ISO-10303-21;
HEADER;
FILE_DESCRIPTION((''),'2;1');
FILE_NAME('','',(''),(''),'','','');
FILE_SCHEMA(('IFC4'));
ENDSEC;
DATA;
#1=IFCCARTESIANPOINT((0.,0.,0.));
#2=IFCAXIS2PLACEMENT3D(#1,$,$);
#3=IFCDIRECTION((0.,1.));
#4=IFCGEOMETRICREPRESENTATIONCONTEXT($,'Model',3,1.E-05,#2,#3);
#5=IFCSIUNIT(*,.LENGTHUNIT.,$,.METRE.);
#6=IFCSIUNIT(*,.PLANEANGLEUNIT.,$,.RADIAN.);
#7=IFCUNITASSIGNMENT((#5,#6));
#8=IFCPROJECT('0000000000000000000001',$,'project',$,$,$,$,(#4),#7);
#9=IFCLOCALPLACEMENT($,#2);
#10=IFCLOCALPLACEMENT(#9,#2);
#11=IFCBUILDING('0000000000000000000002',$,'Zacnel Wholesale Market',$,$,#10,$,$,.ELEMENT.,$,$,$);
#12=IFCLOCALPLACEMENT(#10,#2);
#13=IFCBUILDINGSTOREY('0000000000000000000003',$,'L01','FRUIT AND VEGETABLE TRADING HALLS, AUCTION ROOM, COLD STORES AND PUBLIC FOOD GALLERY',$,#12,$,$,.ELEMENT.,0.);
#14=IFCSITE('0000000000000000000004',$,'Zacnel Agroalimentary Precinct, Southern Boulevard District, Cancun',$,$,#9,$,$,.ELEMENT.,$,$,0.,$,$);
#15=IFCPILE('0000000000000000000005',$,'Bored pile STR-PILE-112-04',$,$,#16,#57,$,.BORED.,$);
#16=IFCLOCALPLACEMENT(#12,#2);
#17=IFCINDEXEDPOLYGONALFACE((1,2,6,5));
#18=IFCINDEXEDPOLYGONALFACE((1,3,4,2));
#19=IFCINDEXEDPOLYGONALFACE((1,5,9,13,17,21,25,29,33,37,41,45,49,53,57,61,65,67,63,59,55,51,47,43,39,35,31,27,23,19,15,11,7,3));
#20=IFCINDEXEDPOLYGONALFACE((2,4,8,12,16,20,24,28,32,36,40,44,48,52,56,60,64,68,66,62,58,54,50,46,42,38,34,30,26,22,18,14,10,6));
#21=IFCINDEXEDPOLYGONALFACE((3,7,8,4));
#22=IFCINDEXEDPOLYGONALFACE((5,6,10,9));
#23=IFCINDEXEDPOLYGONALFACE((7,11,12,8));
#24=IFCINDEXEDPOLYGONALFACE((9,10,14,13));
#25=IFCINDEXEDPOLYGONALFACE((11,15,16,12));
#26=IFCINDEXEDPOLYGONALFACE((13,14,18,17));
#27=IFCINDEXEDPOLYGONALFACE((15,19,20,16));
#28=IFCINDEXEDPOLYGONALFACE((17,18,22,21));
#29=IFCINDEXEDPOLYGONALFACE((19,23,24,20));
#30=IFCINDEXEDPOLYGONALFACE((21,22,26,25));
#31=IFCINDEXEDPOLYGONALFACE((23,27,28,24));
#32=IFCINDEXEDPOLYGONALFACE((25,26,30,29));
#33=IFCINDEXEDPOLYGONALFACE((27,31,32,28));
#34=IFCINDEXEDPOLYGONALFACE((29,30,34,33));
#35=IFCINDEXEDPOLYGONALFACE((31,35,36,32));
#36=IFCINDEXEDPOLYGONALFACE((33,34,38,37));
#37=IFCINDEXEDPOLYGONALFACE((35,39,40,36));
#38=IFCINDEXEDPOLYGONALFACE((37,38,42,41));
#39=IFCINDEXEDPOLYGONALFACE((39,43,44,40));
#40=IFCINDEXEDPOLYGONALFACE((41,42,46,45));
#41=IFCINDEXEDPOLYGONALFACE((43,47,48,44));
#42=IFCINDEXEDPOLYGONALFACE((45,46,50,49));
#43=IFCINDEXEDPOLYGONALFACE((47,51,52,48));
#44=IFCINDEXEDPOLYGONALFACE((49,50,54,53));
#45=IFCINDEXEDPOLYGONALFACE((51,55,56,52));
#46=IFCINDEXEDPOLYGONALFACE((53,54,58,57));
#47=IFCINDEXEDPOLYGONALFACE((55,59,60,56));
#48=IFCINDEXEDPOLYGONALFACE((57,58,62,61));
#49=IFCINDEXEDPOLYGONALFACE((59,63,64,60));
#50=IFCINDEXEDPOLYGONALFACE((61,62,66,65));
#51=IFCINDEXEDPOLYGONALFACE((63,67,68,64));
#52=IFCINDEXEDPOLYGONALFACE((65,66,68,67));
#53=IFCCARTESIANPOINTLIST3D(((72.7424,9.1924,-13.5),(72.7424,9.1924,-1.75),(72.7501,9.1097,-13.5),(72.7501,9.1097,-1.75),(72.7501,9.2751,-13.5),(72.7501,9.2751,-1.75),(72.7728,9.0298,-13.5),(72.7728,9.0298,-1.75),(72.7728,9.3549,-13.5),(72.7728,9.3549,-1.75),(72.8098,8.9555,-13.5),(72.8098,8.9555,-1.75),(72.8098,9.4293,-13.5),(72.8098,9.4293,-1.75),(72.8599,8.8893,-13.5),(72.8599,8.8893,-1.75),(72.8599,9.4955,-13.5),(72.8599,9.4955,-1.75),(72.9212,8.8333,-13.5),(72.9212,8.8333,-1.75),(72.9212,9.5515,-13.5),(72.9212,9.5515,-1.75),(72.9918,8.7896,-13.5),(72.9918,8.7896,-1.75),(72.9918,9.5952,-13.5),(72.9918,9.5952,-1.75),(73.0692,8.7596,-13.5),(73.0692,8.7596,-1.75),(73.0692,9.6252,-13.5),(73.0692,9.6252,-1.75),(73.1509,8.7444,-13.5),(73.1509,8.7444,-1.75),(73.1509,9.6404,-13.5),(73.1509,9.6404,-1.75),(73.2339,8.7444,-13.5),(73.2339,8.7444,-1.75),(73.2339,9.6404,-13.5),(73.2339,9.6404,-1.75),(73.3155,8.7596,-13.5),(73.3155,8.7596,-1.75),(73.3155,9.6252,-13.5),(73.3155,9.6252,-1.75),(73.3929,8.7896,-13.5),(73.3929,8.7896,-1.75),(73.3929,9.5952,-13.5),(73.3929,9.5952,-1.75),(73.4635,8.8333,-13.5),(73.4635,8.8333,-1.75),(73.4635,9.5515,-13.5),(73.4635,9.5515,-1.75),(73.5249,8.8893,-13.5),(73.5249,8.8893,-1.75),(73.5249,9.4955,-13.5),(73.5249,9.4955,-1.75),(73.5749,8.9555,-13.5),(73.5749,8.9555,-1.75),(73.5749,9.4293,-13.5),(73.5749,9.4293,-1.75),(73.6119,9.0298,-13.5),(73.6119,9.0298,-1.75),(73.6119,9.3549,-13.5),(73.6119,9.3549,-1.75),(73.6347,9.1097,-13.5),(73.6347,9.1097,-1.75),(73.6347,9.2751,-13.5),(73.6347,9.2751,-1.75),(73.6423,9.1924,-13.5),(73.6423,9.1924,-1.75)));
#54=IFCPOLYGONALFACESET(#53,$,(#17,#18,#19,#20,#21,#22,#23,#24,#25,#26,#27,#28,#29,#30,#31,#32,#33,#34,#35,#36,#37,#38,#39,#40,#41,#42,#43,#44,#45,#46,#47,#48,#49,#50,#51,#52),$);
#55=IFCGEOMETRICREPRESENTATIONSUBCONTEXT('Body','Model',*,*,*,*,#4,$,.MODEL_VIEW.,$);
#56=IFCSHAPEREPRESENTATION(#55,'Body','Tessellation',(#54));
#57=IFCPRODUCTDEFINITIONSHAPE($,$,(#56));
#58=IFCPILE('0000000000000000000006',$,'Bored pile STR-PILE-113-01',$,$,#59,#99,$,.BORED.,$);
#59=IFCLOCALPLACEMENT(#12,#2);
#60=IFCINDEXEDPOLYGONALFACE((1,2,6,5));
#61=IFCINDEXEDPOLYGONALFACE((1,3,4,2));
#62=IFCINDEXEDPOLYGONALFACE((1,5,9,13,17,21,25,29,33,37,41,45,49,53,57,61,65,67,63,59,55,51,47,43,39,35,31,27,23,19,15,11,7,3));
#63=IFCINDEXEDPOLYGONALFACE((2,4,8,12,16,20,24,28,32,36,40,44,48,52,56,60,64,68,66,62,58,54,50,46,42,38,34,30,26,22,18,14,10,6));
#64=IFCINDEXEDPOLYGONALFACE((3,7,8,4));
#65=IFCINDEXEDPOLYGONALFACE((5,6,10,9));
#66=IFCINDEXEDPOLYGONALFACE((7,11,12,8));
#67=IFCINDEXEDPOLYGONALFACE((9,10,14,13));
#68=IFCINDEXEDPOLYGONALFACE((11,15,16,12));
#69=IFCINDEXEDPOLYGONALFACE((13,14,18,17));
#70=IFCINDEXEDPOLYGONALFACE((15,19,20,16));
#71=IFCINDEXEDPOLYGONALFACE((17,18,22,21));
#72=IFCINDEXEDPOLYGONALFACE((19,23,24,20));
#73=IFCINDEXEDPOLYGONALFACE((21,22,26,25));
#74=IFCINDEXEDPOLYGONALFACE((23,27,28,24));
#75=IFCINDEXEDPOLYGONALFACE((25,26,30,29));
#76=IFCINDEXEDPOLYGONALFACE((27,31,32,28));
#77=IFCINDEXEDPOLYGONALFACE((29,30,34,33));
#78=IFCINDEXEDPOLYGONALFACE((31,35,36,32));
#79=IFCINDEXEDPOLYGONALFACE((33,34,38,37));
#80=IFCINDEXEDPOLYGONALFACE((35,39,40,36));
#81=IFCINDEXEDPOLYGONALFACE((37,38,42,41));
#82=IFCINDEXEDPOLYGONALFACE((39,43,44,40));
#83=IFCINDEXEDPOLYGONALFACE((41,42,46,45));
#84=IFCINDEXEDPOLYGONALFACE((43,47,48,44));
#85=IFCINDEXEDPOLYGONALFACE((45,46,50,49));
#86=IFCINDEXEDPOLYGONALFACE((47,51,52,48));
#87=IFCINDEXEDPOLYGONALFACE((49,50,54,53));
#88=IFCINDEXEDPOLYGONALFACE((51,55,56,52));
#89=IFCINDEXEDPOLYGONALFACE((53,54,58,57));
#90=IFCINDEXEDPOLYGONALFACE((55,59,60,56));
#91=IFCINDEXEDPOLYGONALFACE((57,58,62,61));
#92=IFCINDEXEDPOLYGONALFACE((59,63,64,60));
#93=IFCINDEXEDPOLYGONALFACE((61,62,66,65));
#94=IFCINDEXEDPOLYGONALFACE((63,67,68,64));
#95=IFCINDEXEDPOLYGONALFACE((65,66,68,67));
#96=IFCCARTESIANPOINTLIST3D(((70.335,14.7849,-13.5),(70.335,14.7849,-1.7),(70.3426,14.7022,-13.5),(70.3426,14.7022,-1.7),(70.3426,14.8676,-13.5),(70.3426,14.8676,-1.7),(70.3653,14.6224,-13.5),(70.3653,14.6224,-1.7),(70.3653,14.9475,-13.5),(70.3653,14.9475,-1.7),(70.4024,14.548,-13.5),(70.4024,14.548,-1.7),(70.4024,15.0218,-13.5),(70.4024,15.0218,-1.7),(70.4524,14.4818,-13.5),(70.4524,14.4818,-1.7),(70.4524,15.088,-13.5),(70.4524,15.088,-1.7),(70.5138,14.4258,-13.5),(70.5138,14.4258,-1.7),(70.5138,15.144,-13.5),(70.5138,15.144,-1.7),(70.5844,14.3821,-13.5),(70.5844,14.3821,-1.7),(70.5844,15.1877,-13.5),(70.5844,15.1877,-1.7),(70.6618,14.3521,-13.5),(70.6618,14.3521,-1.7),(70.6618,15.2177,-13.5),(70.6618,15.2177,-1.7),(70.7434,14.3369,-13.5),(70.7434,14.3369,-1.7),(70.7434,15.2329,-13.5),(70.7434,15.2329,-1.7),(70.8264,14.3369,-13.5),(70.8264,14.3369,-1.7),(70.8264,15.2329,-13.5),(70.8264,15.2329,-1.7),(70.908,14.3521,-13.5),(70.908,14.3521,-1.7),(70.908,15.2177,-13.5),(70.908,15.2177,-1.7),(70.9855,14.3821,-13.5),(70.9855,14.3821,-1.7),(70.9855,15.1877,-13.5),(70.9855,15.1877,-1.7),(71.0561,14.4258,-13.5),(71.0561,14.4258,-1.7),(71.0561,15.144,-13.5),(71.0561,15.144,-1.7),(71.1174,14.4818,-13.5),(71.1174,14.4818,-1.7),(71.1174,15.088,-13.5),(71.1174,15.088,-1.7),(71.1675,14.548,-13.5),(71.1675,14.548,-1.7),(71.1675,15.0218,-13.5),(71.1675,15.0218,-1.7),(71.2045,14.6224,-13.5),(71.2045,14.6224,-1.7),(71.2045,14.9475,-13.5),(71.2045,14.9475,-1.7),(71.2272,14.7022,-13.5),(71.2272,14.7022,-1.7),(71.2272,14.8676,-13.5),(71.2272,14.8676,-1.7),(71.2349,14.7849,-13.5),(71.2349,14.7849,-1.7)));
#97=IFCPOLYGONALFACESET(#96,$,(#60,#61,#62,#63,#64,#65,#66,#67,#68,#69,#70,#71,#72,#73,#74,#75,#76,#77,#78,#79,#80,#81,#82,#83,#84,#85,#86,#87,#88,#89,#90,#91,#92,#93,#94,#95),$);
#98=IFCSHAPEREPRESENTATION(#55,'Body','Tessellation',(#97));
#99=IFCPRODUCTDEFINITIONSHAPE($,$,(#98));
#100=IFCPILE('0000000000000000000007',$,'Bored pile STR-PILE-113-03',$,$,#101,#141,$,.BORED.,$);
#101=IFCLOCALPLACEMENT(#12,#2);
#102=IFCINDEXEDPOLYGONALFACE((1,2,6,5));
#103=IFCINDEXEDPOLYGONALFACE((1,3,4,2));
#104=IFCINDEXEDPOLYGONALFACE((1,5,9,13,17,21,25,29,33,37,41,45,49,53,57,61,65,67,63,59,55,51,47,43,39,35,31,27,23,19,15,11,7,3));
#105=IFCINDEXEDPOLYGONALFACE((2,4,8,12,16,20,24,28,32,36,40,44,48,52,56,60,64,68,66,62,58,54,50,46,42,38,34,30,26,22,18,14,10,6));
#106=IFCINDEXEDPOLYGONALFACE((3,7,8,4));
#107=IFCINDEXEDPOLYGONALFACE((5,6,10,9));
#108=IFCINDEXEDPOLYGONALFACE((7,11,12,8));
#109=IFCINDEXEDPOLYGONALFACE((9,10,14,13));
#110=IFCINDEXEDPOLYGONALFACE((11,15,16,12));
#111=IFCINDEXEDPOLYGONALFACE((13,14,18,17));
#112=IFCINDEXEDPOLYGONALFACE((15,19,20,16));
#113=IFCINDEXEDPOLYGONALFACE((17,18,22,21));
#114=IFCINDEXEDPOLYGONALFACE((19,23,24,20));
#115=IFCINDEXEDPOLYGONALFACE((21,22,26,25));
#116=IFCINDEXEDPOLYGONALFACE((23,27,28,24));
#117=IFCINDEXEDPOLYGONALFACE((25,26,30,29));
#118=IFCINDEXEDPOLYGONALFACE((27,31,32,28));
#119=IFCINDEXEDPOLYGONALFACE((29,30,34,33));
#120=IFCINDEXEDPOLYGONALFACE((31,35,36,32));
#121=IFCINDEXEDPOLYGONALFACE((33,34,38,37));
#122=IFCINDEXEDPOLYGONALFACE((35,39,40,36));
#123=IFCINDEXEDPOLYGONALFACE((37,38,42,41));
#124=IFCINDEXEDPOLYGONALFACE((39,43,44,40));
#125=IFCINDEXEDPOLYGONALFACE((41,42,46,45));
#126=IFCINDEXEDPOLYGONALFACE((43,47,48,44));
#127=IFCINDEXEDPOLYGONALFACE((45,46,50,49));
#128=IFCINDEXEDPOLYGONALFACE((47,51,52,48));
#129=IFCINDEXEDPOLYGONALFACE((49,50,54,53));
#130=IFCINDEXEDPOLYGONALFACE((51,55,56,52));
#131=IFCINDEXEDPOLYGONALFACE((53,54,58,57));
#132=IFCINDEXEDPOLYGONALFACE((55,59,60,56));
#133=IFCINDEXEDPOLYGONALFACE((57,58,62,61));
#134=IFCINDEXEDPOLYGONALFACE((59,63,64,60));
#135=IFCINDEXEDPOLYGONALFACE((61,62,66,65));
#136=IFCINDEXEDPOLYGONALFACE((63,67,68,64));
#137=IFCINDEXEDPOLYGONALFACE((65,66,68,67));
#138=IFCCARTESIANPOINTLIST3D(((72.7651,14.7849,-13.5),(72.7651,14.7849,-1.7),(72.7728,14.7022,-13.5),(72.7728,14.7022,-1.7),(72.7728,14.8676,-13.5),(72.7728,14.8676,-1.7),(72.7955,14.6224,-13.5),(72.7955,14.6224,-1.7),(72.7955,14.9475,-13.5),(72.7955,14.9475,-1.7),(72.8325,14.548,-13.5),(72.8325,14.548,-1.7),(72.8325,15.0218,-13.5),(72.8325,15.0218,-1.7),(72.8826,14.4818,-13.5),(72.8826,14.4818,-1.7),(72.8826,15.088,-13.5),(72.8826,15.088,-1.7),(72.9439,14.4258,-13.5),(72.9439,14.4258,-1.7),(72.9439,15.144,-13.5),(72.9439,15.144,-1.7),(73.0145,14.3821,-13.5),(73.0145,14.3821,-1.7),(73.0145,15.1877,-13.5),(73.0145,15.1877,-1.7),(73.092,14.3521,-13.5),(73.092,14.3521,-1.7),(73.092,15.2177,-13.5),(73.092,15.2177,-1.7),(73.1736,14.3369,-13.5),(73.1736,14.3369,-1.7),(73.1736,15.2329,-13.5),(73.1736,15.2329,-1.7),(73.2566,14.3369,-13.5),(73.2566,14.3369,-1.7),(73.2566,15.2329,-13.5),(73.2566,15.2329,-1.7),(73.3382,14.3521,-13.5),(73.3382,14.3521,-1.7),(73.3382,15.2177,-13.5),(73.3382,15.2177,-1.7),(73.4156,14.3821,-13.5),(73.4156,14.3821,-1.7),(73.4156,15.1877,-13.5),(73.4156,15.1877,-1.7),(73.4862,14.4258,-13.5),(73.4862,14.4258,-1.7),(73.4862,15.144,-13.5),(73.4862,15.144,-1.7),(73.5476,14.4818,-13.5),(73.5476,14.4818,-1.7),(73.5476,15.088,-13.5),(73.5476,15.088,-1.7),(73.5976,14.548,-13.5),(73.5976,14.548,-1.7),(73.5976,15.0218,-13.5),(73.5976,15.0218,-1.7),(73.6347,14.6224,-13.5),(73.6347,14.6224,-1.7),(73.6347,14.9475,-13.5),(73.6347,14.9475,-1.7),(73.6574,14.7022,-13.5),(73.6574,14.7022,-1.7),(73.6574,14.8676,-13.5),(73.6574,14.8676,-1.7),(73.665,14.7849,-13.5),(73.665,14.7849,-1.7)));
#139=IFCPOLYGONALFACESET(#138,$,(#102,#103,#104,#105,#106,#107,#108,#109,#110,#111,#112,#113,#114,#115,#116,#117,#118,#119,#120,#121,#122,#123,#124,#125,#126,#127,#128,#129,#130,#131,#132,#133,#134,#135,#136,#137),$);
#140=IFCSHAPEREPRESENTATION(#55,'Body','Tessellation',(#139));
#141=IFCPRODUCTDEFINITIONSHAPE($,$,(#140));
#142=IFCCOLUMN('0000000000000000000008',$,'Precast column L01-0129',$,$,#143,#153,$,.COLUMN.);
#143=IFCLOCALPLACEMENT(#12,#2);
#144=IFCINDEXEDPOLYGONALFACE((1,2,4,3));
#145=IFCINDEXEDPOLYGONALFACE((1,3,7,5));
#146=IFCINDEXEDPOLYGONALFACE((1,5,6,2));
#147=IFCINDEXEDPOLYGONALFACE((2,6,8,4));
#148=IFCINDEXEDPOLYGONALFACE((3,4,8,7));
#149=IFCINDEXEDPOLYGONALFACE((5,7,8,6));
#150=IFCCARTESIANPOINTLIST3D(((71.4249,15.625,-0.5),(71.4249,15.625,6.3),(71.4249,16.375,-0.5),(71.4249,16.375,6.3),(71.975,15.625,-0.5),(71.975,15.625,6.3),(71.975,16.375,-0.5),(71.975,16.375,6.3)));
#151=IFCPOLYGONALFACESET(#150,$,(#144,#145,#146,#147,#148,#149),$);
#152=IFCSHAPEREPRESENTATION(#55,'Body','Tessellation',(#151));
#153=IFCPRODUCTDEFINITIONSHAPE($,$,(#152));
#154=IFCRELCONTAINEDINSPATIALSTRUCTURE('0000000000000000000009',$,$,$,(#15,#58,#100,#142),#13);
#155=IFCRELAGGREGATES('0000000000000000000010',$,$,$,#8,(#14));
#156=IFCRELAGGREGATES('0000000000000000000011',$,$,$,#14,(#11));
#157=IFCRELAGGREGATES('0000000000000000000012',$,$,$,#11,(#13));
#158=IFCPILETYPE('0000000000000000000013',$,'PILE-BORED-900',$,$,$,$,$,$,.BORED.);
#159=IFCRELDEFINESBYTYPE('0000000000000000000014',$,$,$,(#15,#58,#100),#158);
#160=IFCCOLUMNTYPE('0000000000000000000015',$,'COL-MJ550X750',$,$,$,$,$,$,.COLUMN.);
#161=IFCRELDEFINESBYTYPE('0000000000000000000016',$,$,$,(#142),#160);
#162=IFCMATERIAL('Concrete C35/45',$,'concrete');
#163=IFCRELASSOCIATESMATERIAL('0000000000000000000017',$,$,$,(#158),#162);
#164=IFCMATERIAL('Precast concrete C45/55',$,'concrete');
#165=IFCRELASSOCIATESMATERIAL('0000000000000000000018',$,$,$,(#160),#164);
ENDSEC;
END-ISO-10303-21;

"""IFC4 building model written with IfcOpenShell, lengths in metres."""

from ifc_helpers import new_model, si_unit, direction, frame, origin, origin_2d, place, context, subcontext, project, spatial, rectangle, circle, extrude, material, material_profile, profile_set, type_object, element, save


model = new_model("IFC4")

# Units and contexts
model_context = context("Model", 3, precision=1e-05, world=origin(), true_north=direction((0.0, 1.0)))
body_context = subcontext(model_context, "Body", "Model", "MODEL_VIEW")
ifc_project = project(units=[si_unit("LENGTHUNIT", "METRE"), si_unit("PLANEANGLEUNIT", "RADIAN")], contexts=[model_context])

# Site, building, storey
site_placement = place(None, origin())
site = spatial("IfcSite", under=ifc_project, at=site_placement, Name="Zacnel Agroalimentary Precinct, Southern Boulevard District, Cancun", CompositionType="ELEMENT", RefElevation=0.0)
building_placement = place(site_placement, origin())
building = spatial("IfcBuilding", under=site, at=building_placement, Name="Zacnel Wholesale Market", CompositionType="ELEMENT")
storey_placement = place(building_placement, origin())
storey = spatial("IfcBuildingStorey", under=building, at=storey_placement, Name="L01", Description="FRUIT AND VEGETABLE TRADING HALLS, AUCTION ROOM, COLD STORES AND PUBLIC FOOD GALLERY", CompositionType="ELEMENT", Elevation=0.0)

# Piles
ifc_material_1 = material(Name="Concrete C35/45", Category="concrete")
ifc_material_profile_1 = material_profile(ifc_material_1, circle(Radius=0.45, at=origin_2d()), Name="BORED PILE D900")
ifc_profile_set_1 = profile_set([ifc_material_profile_1], Name="Concrete C35/45")
pile_type_1 = type_object("IfcPileType", Name="PILE-BORED-900", PredefinedType="BORED", material=ifc_profile_set_1)
for number, where, z_axis, x_axis, name in (
    (1, (73.1924, 9.1924, -1.75), (0.0, 0.0, -1.0), (1.0, 0.0, 0.0), "Bored pile STR-PILE-112-04"),
):
    element("IfcPile", number, at=place(storey_placement, frame(where, z_axis=z_axis, x_axis=x_axis)), inside=storey, type_object=pile_type_1, Name=name, PredefinedType="BORED", context=body_context, shape_type="SweptSolid", body=[
        extrude(circle(Radius=0.45, at=origin_2d()), origin(), (0.0, 0.0, 1.0), 11.75),
    ])
for number, where, z_axis, x_axis, name in (
    (2, (70.7849, 14.7849, -1.7), (0.0, 0.0, -1.0), (1.0, 0.0, 0.0), "Bored pile STR-PILE-113-01"),
    (3, (73.2151, 14.7849, -1.7), (0.0, 0.0, -1.0), (1.0, 0.0, 0.0), "Bored pile STR-PILE-113-03"),
):
    element("IfcPile", number, at=place(storey_placement, frame(where, z_axis=z_axis, x_axis=x_axis)), inside=storey, type_object=pile_type_1, Name=name, PredefinedType="BORED", context=body_context, shape_type="SweptSolid", body=[
        extrude(circle(Radius=0.45, at=origin_2d()), origin(), (0.0, 0.0, 1.0), 11.8),
    ])

# Column
ifc_material_2 = material(Name="Precast concrete C45/55", Category="concrete")
ifc_material_profile_2 = material_profile(ifc_material_2, rectangle(XDim=0.55, YDim=0.75, at=origin_2d()), Name="PC 550x750")
ifc_profile_set_2 = profile_set([ifc_material_profile_2], Name="Precast concrete C45/55")
column_type_1 = type_object("IfcColumnType", Name="COL-MJ550X750", PredefinedType="COLUMN", material=ifc_profile_set_2)
column_1_placement = place(storey_placement, frame((71.7, 16.0, -0.5), z_axis=(0.0, 0.0, 1.0), x_axis=(1.0, 0.0, 0.0)))
element("IfcColumn", 4, at=column_1_placement, inside=storey, type_object=column_type_1, Name="Precast column L01-0129", PredefinedType="COLUMN", context=body_context, shape_type="SweptSolid", body=[
    extrude(rectangle(XDim=0.55, YDim=0.75, at=origin_2d()), origin(), (0.0, 0.0, 1.0), 6.8),
])

save(model, "model.ifc")
